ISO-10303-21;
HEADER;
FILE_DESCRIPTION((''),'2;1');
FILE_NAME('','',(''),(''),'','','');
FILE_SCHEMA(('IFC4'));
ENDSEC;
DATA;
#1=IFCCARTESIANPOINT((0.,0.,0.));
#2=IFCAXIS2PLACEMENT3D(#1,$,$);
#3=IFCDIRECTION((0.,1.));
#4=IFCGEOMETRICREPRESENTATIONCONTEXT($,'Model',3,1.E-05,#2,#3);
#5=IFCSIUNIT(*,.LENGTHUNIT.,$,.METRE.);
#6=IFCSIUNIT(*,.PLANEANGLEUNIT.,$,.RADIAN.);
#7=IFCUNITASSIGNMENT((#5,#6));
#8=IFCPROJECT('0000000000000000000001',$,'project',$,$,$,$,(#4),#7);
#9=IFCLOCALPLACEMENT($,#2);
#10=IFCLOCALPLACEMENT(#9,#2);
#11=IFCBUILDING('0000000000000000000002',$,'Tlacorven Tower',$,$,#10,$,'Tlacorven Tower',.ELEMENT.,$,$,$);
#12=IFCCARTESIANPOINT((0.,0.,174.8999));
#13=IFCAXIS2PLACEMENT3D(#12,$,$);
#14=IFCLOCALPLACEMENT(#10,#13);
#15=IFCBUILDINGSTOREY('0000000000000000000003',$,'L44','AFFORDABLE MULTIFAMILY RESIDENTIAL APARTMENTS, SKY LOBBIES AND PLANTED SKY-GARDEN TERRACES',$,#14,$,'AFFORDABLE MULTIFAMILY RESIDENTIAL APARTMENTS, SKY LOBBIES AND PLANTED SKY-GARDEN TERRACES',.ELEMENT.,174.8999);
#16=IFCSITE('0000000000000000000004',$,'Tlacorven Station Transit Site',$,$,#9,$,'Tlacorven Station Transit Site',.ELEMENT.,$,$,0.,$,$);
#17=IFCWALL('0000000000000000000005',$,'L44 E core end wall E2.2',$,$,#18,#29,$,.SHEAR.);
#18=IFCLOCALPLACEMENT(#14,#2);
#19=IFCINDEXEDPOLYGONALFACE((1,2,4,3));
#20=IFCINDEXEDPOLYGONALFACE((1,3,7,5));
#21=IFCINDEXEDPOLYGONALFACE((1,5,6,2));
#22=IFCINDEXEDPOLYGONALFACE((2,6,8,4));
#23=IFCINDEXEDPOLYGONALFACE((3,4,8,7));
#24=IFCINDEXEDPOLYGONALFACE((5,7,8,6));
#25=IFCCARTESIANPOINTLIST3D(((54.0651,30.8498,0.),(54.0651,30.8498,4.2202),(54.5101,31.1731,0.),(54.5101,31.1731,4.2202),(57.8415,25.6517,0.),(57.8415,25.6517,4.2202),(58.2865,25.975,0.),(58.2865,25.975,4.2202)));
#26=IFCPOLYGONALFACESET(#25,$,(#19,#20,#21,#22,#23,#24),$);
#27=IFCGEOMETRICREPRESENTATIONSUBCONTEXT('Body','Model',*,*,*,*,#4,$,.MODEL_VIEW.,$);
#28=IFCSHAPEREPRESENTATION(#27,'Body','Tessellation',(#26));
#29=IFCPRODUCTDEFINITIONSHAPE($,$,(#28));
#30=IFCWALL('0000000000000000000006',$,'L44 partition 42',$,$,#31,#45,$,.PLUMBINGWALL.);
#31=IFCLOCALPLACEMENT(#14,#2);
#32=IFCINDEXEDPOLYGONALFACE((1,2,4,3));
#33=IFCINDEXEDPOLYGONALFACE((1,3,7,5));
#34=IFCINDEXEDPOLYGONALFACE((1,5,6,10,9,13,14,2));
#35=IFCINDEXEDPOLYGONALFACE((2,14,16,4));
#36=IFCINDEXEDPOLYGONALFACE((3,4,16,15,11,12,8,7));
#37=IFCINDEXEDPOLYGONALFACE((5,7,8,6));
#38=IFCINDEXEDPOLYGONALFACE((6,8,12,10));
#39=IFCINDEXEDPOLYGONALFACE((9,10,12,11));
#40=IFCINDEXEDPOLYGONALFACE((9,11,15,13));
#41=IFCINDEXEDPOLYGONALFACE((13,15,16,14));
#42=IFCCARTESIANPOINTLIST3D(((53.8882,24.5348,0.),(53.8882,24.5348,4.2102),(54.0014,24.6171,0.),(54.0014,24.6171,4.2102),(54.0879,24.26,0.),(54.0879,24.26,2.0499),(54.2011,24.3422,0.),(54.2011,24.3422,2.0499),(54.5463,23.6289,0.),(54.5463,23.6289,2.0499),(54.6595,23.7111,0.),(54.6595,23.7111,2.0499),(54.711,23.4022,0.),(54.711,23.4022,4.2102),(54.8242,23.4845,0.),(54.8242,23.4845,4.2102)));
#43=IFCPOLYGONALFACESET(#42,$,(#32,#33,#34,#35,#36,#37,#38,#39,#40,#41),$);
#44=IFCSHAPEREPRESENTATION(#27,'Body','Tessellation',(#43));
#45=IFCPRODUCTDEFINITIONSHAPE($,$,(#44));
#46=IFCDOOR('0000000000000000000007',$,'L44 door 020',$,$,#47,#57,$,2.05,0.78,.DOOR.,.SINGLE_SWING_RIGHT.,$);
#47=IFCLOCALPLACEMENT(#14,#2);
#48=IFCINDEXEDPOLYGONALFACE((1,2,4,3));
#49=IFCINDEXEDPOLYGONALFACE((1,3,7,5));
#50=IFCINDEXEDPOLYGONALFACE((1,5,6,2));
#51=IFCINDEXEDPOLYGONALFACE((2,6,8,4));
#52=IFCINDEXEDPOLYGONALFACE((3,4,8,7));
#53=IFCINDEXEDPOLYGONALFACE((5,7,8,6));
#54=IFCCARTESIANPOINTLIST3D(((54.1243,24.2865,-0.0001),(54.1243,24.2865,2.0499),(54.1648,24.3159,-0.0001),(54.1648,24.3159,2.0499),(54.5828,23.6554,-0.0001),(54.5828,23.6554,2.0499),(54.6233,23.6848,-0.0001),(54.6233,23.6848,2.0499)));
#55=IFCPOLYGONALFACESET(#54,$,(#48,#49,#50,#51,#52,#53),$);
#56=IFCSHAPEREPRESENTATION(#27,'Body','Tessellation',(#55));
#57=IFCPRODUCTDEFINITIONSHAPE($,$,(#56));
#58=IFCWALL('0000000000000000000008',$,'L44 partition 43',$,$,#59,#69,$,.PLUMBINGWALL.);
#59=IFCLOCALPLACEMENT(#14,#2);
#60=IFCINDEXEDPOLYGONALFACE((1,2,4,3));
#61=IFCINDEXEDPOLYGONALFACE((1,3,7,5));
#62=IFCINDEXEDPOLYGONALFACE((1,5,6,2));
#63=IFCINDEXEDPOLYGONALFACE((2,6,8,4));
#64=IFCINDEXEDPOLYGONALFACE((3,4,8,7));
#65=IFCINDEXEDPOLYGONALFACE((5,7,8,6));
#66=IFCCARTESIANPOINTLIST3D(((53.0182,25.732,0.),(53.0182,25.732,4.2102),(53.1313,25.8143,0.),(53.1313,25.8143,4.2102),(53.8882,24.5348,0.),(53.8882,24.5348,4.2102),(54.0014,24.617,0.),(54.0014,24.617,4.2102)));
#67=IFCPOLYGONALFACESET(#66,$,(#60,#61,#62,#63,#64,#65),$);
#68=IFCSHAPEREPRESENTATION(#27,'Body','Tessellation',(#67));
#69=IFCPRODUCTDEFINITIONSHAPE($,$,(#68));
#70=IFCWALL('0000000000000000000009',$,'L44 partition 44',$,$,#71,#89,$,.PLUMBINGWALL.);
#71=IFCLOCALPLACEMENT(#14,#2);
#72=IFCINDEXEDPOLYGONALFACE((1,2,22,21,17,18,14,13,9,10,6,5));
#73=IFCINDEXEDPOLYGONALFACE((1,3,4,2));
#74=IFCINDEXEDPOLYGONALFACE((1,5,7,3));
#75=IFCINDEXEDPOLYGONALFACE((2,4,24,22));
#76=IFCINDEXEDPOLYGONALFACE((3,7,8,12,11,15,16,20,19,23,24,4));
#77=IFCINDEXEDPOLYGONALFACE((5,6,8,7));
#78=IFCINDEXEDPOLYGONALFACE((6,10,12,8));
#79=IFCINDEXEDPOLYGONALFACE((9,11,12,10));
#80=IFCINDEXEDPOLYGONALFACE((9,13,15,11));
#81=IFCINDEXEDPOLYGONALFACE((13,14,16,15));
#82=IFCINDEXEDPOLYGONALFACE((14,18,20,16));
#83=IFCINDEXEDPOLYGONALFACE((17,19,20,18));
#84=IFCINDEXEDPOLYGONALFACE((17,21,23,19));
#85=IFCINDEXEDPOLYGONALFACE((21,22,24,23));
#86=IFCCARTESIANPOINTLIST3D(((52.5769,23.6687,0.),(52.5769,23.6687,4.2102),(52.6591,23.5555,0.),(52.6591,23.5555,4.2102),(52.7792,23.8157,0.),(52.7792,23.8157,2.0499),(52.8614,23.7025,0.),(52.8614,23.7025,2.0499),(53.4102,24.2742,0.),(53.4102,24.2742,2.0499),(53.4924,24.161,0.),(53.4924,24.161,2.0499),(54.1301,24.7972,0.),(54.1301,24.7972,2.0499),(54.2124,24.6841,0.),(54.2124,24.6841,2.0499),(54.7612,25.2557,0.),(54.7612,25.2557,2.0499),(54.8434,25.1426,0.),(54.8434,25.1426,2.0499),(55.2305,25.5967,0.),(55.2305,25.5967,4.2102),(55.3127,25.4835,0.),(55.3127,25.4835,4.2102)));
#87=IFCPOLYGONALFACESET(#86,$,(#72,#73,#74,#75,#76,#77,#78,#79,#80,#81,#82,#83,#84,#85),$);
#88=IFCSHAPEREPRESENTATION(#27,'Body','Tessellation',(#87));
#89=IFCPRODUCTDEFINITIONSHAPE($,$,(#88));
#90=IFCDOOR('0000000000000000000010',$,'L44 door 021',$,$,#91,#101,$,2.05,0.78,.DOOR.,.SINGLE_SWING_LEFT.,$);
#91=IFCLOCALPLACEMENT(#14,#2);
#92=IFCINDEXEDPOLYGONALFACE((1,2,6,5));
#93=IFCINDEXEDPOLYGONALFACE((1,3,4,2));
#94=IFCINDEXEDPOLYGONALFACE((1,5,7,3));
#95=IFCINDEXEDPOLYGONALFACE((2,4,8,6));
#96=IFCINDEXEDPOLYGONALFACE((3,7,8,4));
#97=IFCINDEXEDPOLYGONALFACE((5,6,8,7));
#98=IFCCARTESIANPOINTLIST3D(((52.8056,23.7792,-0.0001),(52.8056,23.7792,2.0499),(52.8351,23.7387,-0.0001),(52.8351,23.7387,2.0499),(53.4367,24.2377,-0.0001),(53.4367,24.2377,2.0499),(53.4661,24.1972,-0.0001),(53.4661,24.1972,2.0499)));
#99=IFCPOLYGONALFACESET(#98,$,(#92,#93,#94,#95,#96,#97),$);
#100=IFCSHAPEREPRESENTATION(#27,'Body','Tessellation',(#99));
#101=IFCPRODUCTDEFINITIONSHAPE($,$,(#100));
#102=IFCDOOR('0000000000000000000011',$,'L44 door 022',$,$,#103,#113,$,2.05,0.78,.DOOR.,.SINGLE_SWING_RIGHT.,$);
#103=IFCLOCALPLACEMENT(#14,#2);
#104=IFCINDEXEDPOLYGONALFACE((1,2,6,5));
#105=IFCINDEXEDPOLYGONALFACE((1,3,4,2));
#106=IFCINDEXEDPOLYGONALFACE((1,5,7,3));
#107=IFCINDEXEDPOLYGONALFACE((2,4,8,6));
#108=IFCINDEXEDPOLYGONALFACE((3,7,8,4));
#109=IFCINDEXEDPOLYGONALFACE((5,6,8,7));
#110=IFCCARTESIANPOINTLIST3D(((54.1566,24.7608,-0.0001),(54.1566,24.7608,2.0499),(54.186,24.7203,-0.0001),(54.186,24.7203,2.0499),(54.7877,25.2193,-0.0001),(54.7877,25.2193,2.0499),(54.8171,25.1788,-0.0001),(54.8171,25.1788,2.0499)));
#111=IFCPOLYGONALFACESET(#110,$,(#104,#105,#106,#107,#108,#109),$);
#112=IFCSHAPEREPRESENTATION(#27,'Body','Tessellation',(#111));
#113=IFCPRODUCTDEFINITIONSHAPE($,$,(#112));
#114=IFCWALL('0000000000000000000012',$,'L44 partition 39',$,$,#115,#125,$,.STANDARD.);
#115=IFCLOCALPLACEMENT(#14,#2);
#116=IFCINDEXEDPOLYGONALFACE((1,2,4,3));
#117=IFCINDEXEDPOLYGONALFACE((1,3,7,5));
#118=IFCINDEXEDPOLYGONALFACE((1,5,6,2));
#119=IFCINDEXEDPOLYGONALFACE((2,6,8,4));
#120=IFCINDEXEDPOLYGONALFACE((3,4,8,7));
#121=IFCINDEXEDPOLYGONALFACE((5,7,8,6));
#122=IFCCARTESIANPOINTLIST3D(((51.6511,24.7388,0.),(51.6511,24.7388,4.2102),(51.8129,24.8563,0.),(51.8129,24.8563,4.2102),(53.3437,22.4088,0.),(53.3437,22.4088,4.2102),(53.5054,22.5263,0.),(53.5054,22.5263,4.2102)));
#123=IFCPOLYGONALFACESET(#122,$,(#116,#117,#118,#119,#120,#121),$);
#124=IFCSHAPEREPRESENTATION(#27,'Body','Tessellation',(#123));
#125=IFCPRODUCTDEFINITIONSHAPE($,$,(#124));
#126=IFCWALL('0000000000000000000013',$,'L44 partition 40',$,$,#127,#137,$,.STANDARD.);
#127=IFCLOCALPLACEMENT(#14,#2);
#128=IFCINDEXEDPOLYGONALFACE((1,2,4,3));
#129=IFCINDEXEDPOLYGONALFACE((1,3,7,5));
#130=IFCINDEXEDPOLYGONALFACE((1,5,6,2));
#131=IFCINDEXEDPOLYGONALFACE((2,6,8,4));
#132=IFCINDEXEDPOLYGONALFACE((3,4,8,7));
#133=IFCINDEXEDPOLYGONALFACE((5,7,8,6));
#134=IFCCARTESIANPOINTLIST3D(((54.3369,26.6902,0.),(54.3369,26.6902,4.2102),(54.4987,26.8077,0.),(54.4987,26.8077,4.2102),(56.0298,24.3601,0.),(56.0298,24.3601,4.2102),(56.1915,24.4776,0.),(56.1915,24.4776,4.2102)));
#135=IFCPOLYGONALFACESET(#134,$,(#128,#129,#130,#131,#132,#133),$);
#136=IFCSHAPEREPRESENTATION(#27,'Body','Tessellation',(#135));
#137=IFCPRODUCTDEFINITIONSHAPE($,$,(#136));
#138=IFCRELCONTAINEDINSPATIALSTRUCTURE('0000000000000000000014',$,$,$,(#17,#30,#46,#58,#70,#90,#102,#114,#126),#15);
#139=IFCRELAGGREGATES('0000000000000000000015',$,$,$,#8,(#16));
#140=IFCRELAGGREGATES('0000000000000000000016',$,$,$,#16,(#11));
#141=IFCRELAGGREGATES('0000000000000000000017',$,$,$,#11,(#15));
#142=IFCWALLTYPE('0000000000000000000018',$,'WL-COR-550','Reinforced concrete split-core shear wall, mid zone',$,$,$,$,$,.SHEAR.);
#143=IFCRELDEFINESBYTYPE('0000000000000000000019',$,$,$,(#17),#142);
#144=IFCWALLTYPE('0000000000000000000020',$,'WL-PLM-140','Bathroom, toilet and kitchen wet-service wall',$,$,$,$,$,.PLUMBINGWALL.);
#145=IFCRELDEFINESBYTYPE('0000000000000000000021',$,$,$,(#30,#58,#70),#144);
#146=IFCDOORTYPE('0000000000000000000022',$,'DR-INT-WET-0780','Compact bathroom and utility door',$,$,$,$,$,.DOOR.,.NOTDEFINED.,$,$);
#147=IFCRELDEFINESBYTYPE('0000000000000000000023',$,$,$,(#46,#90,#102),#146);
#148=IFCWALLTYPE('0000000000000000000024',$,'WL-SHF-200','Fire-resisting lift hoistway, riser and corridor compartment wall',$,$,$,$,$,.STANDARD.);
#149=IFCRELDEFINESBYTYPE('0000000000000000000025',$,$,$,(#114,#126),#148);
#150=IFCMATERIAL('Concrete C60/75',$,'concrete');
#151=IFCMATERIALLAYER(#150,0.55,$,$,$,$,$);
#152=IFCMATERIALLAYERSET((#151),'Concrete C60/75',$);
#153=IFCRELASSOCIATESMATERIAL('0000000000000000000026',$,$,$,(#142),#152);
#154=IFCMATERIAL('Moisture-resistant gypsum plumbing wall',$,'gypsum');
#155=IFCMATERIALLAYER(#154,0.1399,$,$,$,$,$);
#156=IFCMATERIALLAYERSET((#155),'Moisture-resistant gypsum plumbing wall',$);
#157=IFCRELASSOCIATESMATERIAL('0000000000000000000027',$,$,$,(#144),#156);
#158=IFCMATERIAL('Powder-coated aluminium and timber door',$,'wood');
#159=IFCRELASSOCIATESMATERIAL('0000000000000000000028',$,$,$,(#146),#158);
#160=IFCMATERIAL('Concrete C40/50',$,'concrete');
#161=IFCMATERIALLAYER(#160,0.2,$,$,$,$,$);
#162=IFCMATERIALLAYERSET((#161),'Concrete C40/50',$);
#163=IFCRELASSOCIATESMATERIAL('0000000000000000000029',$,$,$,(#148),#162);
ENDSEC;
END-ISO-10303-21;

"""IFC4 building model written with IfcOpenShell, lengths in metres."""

from ifc_helpers import new_model, si_unit, direction, frame, frame_2d, origin, place, context, subcontext, project, spatial, rectangle, extrude, source, transform, mapped, material, layer, layer_set, type_object, element, fill, save


model = new_model("IFC4")

# Units and contexts
model_context = context("Model", 3, precision=1e-05, world=origin(), true_north=direction((0.0, 1.0)))
body_context = subcontext(model_context, "Body", "Model", "MODEL_VIEW")
ifc_project = project(units=[si_unit("LENGTHUNIT", "METRE"), si_unit("PLANEANGLEUNIT", "RADIAN")], contexts=[model_context])

# Site, building, storey
site_placement = place(None, origin())
site = spatial("IfcSite", under=ifc_project, at=site_placement, Name="Tlacorven Station Transit Site", LongName="Tlacorven Station Transit Site", CompositionType="ELEMENT", RefElevation=0.0)
building_placement = place(site_placement, origin())
building = spatial("IfcBuilding", under=site, at=building_placement, Name="Tlacorven Tower", LongName="Tlacorven Tower", CompositionType="ELEMENT")
storey_placement = place(building_placement, frame((0.0, 0.0, 174.8999)))
storey = spatial("IfcBuildingStorey", under=building, at=storey_placement, Name="L44", Description="AFFORDABLE MULTIFAMILY RESIDENTIAL APARTMENTS, SKY LOBBIES AND PLANTED SKY-GARDEN TERRACES", LongName="AFFORDABLE MULTIFAMILY RESIDENTIAL APARTMENTS, SKY LOBBIES AND PLANTED SKY-GARDEN TERRACES", CompositionType="ELEMENT", Elevation=174.8999)

# Wall
ifc_material_1 = material(Name="Concrete C60/75", Category="concrete")
ifc_layer_1 = layer(ifc_material_1, 0.55)
ifc_layer_set_1 = layer_set([ifc_layer_1], Name="Concrete C60/75")
wall_type_1 = type_object("IfcWallType", Name="WL-COR-550", Description="Reinforced concrete split-core shear wall, mid zone", PredefinedType="SHEAR", material=ifc_layer_set_1)
wall_1_placement = place(storey_placement, frame((58.064, 25.8135, 0.0), z_axis=(0.0, 0.0, 1.0), x_axis=(-0.587765, 0.809032, 0.0)))
element("IfcWall", 1, at=wall_1_placement, inside=storey, type_object=wall_type_1, Name="L44 E core end wall E2.2", PredefinedType="SHEAR", context=body_context, shape_type="SweptSolid", body=[
    extrude(rectangle(XDim=6.425, YDim=0.55, at=frame_2d((3.2124, 0.0))), origin(), (0.0, 0.0, 1.0), 4.2202),
])

# Wall, opening, door
ifc_material_2 = material(Name="Moisture-resistant gypsum plumbing wall", Category="gypsum")
ifc_layer_2 = layer(ifc_material_2, 0.1399)
ifc_layer_set_2 = layer_set([ifc_layer_2], Name="Moisture-resistant gypsum plumbing wall")
wall_type_2 = type_object("IfcWallType", Name="WL-PLM-140", Description="Bathroom, toilet and kitchen wet-service wall", PredefinedType="PLUMBINGWALL", material=ifc_layer_set_2)
wall_2_placement = place(storey_placement, frame((54.7676, 23.4434, 0.0), z_axis=(0.0, 0.0, 1.0), x_axis=(-0.587736, 0.809053, 0.0)))
wall_2 = element("IfcWall", 2, at=wall_2_placement, inside=storey, type_object=wall_type_2, Name="L44 partition 42", PredefinedType="PLUMBINGWALL", context=body_context, shape_type="SweptSolid", body=[
    extrude(rectangle(XDim=1.3999, YDim=0.1399, at=frame_2d((0.7, 0.0))), origin(), (0.0, 0.0, 1.0), 4.2102),
])
opening_1_placement = place(wall_2_placement, frame((0.28, 0.0, 0.0)))
opening_1 = element("IfcOpeningElement", 3, at=opening_1_placement, cuts=wall_2, PredefinedType="OPENING", context=body_context, shape_type="SweptSolid", body=[
    extrude(rectangle(XDim=0.78, YDim=2.05, at=frame_2d((0.3901, 1.0249))), frame((0.0, 0.0801, 0.0), z_axis=(0.0, -1.0, 0.0), x_axis=(1.0, 0.0, 0.0)), (0.0, 0.0, 1.0), 0.1599),
])
ifc_material_3 = material(Name="Powder-coated aluminium and timber door", Category="wood")
door_type_1 = type_object("IfcDoorType", Name="DR-INT-WET-0780", Description="Compact bathroom and utility door", OperationType="NOTDEFINED", PredefinedType="DOOR", material=ifc_material_3)
shared_shape_1 = source(origin(), body_context, "Body", "SweptSolid", [
    extrude(rectangle(XDim=0.78, YDim=2.05, at=frame_2d((0.3901, 1.0249))), frame((0.0, 0.0249, 0.0), z_axis=(0.0, -1.0, 0.0), x_axis=(1.0, 0.0, 0.0)), (0.0, 0.0, 1.0), 0.05),
])
door_1_placement = place(opening_1_placement, origin())
door_1 = element("IfcDoor", 4, at=door_1_placement, inside=storey, type_object=door_type_1, Name="L44 door 020", OperationType="SINGLE_SWING_RIGHT", OverallHeight=2.05, OverallWidth=0.78, PredefinedType="DOOR", context=body_context, shape_type="MappedRepresentation", body=[
    mapped(shared_shape_1, transform((0.0, 0.0, 0.0), scale=1.0)),
])
fill(opening_1, door_1)

# Wall
wall_3_placement = place(storey_placement, frame((53.9448, 24.5759, 0.0), z_axis=(0.0, 0.0, 1.0), x_axis=(-0.587897, 0.808936, 0.0)))
element("IfcWall", 5, at=wall_3_placement, inside=storey, type_object=wall_type_2, Name="L44 partition 43", PredefinedType="PLUMBINGWALL", context=body_context, shape_type="SweptSolid", body=[
    extrude(rectangle(XDim=1.48, YDim=0.1399, at=frame_2d((0.74, 0.0))), origin(), (0.0, 0.0, 1.0), 4.2102),
])

# Wall, openings, doors
wall_4_placement = place(storey_placement, frame((52.6179, 23.6121, 0.0), z_axis=(0.0, 0.0, 1.0), x_axis=(0.80901, 0.587795, 0.0)))
wall_4 = element("IfcWall", 6, at=wall_4_placement, inside=storey, type_object=wall_type_2, Name="L44 partition 44", PredefinedType="PLUMBINGWALL", context=body_context, shape_type="SweptSolid", body=[
    extrude(rectangle(XDim=3.28, YDim=0.1399, at=frame_2d((1.6401, 0.0))), origin(), (0.0, 0.0, 1.0), 4.2102),
])
opening_2_placement = place(wall_4_placement, frame((0.25, 0.0, 0.0)))
opening_2 = element("IfcOpeningElement", 7, at=opening_2_placement, cuts=wall_4, PredefinedType="OPENING", context=body_context, shape_type="SweptSolid", body=[
    extrude(rectangle(XDim=0.78, YDim=2.05, at=frame_2d((0.3901, 1.0249))), frame((0.0, 0.0801, 0.0), z_axis=(0.0, -1.0, 0.0), x_axis=(1.0, 0.0, 0.0)), (0.0, 0.0, 1.0), 0.1599),
])
opening_3_placement = place(wall_4_placement, frame((1.9199, 0.0, 0.0)))
opening_3 = element("IfcOpeningElement", 8, at=opening_3_placement, cuts=wall_4, PredefinedType="OPENING", context=body_context, shape_type="SweptSolid", body=[
    extrude(rectangle(XDim=0.78, YDim=2.05, at=frame_2d((0.3901, 1.0249))), frame((0.0, 0.0801, 0.0), z_axis=(0.0, -1.0, 0.0), x_axis=(1.0, 0.0, 0.0)), (0.0, 0.0, 1.0), 0.1599),
])
door_2_placement = place(opening_2_placement, origin())
door_2 = element("IfcDoor", 9, at=door_2_placement, inside=storey, type_object=door_type_1, Name="L44 door 021", OperationType="SINGLE_SWING_LEFT", OverallHeight=2.05, OverallWidth=0.78, PredefinedType="DOOR", context=body_context, shape_type="MappedRepresentation", body=[
    mapped(shared_shape_1, transform((0.0, 0.0, 0.0), scale=1.0)),
])
fill(opening_2, door_2)
door_3_placement = place(opening_3_placement, origin())
door_3 = element("IfcDoor", 10, at=door_3_placement, inside=storey, type_object=door_type_1, Name="L44 door 022", OperationType="SINGLE_SWING_RIGHT", OverallHeight=2.05, OverallWidth=0.78, PredefinedType="DOOR", context=body_context, shape_type="MappedRepresentation", body=[
    mapped(shared_shape_1, transform((0.0, 0.0, 0.0), scale=1.0)),
])
fill(opening_3, door_3)
ifc_material_4 = material(Name="Concrete C40/50", Category="concrete")
ifc_layer_3 = layer(ifc_material_4, 0.2)
ifc_layer_set_3 = layer_set([ifc_layer_3], Name="Concrete C40/50")
wall_type_3 = type_object("IfcWallType", Name="WL-SHF-200", Description="Fire-resisting lift hoistway, riser and corridor compartment wall", PredefinedType="STANDARD", material=ifc_layer_set_3)

# Walls
wall_5_placement = place(storey_placement, frame((53.4246, 22.4675, 0.0), z_axis=(0.0, 0.0, 1.0), x_axis=(-0.587723, 0.809062, 0.0)))
element("IfcWall", 11, at=wall_5_placement, inside=storey, type_object=wall_type_3, Name="L44 partition 39", PredefinedType="STANDARD", context=body_context, shape_type="SweptSolid", body=[
    extrude(rectangle(XDim=2.8799, YDim=0.2, at=frame_2d((1.4399, 0.0))), origin(), (0.0, 0.0, 1.0), 4.2102),
])
wall_6_placement = place(storey_placement, frame((56.1106, 24.4189, 0.0), z_axis=(0.0, 0.0, 1.0), x_axis=(-0.587778, 0.809022, 0.0)))
element("IfcWall", 12, at=wall_6_placement, inside=storey, type_object=wall_type_3, Name="L44 partition 40", PredefinedType="STANDARD", context=body_context, shape_type="SweptSolid", body=[
    extrude(rectangle(XDim=2.8801, YDim=0.2, at=frame_2d((1.4399, 0.0))), origin(), (0.0, 0.0, 1.0), 4.2102),
])

save(model, "model.ifc")
